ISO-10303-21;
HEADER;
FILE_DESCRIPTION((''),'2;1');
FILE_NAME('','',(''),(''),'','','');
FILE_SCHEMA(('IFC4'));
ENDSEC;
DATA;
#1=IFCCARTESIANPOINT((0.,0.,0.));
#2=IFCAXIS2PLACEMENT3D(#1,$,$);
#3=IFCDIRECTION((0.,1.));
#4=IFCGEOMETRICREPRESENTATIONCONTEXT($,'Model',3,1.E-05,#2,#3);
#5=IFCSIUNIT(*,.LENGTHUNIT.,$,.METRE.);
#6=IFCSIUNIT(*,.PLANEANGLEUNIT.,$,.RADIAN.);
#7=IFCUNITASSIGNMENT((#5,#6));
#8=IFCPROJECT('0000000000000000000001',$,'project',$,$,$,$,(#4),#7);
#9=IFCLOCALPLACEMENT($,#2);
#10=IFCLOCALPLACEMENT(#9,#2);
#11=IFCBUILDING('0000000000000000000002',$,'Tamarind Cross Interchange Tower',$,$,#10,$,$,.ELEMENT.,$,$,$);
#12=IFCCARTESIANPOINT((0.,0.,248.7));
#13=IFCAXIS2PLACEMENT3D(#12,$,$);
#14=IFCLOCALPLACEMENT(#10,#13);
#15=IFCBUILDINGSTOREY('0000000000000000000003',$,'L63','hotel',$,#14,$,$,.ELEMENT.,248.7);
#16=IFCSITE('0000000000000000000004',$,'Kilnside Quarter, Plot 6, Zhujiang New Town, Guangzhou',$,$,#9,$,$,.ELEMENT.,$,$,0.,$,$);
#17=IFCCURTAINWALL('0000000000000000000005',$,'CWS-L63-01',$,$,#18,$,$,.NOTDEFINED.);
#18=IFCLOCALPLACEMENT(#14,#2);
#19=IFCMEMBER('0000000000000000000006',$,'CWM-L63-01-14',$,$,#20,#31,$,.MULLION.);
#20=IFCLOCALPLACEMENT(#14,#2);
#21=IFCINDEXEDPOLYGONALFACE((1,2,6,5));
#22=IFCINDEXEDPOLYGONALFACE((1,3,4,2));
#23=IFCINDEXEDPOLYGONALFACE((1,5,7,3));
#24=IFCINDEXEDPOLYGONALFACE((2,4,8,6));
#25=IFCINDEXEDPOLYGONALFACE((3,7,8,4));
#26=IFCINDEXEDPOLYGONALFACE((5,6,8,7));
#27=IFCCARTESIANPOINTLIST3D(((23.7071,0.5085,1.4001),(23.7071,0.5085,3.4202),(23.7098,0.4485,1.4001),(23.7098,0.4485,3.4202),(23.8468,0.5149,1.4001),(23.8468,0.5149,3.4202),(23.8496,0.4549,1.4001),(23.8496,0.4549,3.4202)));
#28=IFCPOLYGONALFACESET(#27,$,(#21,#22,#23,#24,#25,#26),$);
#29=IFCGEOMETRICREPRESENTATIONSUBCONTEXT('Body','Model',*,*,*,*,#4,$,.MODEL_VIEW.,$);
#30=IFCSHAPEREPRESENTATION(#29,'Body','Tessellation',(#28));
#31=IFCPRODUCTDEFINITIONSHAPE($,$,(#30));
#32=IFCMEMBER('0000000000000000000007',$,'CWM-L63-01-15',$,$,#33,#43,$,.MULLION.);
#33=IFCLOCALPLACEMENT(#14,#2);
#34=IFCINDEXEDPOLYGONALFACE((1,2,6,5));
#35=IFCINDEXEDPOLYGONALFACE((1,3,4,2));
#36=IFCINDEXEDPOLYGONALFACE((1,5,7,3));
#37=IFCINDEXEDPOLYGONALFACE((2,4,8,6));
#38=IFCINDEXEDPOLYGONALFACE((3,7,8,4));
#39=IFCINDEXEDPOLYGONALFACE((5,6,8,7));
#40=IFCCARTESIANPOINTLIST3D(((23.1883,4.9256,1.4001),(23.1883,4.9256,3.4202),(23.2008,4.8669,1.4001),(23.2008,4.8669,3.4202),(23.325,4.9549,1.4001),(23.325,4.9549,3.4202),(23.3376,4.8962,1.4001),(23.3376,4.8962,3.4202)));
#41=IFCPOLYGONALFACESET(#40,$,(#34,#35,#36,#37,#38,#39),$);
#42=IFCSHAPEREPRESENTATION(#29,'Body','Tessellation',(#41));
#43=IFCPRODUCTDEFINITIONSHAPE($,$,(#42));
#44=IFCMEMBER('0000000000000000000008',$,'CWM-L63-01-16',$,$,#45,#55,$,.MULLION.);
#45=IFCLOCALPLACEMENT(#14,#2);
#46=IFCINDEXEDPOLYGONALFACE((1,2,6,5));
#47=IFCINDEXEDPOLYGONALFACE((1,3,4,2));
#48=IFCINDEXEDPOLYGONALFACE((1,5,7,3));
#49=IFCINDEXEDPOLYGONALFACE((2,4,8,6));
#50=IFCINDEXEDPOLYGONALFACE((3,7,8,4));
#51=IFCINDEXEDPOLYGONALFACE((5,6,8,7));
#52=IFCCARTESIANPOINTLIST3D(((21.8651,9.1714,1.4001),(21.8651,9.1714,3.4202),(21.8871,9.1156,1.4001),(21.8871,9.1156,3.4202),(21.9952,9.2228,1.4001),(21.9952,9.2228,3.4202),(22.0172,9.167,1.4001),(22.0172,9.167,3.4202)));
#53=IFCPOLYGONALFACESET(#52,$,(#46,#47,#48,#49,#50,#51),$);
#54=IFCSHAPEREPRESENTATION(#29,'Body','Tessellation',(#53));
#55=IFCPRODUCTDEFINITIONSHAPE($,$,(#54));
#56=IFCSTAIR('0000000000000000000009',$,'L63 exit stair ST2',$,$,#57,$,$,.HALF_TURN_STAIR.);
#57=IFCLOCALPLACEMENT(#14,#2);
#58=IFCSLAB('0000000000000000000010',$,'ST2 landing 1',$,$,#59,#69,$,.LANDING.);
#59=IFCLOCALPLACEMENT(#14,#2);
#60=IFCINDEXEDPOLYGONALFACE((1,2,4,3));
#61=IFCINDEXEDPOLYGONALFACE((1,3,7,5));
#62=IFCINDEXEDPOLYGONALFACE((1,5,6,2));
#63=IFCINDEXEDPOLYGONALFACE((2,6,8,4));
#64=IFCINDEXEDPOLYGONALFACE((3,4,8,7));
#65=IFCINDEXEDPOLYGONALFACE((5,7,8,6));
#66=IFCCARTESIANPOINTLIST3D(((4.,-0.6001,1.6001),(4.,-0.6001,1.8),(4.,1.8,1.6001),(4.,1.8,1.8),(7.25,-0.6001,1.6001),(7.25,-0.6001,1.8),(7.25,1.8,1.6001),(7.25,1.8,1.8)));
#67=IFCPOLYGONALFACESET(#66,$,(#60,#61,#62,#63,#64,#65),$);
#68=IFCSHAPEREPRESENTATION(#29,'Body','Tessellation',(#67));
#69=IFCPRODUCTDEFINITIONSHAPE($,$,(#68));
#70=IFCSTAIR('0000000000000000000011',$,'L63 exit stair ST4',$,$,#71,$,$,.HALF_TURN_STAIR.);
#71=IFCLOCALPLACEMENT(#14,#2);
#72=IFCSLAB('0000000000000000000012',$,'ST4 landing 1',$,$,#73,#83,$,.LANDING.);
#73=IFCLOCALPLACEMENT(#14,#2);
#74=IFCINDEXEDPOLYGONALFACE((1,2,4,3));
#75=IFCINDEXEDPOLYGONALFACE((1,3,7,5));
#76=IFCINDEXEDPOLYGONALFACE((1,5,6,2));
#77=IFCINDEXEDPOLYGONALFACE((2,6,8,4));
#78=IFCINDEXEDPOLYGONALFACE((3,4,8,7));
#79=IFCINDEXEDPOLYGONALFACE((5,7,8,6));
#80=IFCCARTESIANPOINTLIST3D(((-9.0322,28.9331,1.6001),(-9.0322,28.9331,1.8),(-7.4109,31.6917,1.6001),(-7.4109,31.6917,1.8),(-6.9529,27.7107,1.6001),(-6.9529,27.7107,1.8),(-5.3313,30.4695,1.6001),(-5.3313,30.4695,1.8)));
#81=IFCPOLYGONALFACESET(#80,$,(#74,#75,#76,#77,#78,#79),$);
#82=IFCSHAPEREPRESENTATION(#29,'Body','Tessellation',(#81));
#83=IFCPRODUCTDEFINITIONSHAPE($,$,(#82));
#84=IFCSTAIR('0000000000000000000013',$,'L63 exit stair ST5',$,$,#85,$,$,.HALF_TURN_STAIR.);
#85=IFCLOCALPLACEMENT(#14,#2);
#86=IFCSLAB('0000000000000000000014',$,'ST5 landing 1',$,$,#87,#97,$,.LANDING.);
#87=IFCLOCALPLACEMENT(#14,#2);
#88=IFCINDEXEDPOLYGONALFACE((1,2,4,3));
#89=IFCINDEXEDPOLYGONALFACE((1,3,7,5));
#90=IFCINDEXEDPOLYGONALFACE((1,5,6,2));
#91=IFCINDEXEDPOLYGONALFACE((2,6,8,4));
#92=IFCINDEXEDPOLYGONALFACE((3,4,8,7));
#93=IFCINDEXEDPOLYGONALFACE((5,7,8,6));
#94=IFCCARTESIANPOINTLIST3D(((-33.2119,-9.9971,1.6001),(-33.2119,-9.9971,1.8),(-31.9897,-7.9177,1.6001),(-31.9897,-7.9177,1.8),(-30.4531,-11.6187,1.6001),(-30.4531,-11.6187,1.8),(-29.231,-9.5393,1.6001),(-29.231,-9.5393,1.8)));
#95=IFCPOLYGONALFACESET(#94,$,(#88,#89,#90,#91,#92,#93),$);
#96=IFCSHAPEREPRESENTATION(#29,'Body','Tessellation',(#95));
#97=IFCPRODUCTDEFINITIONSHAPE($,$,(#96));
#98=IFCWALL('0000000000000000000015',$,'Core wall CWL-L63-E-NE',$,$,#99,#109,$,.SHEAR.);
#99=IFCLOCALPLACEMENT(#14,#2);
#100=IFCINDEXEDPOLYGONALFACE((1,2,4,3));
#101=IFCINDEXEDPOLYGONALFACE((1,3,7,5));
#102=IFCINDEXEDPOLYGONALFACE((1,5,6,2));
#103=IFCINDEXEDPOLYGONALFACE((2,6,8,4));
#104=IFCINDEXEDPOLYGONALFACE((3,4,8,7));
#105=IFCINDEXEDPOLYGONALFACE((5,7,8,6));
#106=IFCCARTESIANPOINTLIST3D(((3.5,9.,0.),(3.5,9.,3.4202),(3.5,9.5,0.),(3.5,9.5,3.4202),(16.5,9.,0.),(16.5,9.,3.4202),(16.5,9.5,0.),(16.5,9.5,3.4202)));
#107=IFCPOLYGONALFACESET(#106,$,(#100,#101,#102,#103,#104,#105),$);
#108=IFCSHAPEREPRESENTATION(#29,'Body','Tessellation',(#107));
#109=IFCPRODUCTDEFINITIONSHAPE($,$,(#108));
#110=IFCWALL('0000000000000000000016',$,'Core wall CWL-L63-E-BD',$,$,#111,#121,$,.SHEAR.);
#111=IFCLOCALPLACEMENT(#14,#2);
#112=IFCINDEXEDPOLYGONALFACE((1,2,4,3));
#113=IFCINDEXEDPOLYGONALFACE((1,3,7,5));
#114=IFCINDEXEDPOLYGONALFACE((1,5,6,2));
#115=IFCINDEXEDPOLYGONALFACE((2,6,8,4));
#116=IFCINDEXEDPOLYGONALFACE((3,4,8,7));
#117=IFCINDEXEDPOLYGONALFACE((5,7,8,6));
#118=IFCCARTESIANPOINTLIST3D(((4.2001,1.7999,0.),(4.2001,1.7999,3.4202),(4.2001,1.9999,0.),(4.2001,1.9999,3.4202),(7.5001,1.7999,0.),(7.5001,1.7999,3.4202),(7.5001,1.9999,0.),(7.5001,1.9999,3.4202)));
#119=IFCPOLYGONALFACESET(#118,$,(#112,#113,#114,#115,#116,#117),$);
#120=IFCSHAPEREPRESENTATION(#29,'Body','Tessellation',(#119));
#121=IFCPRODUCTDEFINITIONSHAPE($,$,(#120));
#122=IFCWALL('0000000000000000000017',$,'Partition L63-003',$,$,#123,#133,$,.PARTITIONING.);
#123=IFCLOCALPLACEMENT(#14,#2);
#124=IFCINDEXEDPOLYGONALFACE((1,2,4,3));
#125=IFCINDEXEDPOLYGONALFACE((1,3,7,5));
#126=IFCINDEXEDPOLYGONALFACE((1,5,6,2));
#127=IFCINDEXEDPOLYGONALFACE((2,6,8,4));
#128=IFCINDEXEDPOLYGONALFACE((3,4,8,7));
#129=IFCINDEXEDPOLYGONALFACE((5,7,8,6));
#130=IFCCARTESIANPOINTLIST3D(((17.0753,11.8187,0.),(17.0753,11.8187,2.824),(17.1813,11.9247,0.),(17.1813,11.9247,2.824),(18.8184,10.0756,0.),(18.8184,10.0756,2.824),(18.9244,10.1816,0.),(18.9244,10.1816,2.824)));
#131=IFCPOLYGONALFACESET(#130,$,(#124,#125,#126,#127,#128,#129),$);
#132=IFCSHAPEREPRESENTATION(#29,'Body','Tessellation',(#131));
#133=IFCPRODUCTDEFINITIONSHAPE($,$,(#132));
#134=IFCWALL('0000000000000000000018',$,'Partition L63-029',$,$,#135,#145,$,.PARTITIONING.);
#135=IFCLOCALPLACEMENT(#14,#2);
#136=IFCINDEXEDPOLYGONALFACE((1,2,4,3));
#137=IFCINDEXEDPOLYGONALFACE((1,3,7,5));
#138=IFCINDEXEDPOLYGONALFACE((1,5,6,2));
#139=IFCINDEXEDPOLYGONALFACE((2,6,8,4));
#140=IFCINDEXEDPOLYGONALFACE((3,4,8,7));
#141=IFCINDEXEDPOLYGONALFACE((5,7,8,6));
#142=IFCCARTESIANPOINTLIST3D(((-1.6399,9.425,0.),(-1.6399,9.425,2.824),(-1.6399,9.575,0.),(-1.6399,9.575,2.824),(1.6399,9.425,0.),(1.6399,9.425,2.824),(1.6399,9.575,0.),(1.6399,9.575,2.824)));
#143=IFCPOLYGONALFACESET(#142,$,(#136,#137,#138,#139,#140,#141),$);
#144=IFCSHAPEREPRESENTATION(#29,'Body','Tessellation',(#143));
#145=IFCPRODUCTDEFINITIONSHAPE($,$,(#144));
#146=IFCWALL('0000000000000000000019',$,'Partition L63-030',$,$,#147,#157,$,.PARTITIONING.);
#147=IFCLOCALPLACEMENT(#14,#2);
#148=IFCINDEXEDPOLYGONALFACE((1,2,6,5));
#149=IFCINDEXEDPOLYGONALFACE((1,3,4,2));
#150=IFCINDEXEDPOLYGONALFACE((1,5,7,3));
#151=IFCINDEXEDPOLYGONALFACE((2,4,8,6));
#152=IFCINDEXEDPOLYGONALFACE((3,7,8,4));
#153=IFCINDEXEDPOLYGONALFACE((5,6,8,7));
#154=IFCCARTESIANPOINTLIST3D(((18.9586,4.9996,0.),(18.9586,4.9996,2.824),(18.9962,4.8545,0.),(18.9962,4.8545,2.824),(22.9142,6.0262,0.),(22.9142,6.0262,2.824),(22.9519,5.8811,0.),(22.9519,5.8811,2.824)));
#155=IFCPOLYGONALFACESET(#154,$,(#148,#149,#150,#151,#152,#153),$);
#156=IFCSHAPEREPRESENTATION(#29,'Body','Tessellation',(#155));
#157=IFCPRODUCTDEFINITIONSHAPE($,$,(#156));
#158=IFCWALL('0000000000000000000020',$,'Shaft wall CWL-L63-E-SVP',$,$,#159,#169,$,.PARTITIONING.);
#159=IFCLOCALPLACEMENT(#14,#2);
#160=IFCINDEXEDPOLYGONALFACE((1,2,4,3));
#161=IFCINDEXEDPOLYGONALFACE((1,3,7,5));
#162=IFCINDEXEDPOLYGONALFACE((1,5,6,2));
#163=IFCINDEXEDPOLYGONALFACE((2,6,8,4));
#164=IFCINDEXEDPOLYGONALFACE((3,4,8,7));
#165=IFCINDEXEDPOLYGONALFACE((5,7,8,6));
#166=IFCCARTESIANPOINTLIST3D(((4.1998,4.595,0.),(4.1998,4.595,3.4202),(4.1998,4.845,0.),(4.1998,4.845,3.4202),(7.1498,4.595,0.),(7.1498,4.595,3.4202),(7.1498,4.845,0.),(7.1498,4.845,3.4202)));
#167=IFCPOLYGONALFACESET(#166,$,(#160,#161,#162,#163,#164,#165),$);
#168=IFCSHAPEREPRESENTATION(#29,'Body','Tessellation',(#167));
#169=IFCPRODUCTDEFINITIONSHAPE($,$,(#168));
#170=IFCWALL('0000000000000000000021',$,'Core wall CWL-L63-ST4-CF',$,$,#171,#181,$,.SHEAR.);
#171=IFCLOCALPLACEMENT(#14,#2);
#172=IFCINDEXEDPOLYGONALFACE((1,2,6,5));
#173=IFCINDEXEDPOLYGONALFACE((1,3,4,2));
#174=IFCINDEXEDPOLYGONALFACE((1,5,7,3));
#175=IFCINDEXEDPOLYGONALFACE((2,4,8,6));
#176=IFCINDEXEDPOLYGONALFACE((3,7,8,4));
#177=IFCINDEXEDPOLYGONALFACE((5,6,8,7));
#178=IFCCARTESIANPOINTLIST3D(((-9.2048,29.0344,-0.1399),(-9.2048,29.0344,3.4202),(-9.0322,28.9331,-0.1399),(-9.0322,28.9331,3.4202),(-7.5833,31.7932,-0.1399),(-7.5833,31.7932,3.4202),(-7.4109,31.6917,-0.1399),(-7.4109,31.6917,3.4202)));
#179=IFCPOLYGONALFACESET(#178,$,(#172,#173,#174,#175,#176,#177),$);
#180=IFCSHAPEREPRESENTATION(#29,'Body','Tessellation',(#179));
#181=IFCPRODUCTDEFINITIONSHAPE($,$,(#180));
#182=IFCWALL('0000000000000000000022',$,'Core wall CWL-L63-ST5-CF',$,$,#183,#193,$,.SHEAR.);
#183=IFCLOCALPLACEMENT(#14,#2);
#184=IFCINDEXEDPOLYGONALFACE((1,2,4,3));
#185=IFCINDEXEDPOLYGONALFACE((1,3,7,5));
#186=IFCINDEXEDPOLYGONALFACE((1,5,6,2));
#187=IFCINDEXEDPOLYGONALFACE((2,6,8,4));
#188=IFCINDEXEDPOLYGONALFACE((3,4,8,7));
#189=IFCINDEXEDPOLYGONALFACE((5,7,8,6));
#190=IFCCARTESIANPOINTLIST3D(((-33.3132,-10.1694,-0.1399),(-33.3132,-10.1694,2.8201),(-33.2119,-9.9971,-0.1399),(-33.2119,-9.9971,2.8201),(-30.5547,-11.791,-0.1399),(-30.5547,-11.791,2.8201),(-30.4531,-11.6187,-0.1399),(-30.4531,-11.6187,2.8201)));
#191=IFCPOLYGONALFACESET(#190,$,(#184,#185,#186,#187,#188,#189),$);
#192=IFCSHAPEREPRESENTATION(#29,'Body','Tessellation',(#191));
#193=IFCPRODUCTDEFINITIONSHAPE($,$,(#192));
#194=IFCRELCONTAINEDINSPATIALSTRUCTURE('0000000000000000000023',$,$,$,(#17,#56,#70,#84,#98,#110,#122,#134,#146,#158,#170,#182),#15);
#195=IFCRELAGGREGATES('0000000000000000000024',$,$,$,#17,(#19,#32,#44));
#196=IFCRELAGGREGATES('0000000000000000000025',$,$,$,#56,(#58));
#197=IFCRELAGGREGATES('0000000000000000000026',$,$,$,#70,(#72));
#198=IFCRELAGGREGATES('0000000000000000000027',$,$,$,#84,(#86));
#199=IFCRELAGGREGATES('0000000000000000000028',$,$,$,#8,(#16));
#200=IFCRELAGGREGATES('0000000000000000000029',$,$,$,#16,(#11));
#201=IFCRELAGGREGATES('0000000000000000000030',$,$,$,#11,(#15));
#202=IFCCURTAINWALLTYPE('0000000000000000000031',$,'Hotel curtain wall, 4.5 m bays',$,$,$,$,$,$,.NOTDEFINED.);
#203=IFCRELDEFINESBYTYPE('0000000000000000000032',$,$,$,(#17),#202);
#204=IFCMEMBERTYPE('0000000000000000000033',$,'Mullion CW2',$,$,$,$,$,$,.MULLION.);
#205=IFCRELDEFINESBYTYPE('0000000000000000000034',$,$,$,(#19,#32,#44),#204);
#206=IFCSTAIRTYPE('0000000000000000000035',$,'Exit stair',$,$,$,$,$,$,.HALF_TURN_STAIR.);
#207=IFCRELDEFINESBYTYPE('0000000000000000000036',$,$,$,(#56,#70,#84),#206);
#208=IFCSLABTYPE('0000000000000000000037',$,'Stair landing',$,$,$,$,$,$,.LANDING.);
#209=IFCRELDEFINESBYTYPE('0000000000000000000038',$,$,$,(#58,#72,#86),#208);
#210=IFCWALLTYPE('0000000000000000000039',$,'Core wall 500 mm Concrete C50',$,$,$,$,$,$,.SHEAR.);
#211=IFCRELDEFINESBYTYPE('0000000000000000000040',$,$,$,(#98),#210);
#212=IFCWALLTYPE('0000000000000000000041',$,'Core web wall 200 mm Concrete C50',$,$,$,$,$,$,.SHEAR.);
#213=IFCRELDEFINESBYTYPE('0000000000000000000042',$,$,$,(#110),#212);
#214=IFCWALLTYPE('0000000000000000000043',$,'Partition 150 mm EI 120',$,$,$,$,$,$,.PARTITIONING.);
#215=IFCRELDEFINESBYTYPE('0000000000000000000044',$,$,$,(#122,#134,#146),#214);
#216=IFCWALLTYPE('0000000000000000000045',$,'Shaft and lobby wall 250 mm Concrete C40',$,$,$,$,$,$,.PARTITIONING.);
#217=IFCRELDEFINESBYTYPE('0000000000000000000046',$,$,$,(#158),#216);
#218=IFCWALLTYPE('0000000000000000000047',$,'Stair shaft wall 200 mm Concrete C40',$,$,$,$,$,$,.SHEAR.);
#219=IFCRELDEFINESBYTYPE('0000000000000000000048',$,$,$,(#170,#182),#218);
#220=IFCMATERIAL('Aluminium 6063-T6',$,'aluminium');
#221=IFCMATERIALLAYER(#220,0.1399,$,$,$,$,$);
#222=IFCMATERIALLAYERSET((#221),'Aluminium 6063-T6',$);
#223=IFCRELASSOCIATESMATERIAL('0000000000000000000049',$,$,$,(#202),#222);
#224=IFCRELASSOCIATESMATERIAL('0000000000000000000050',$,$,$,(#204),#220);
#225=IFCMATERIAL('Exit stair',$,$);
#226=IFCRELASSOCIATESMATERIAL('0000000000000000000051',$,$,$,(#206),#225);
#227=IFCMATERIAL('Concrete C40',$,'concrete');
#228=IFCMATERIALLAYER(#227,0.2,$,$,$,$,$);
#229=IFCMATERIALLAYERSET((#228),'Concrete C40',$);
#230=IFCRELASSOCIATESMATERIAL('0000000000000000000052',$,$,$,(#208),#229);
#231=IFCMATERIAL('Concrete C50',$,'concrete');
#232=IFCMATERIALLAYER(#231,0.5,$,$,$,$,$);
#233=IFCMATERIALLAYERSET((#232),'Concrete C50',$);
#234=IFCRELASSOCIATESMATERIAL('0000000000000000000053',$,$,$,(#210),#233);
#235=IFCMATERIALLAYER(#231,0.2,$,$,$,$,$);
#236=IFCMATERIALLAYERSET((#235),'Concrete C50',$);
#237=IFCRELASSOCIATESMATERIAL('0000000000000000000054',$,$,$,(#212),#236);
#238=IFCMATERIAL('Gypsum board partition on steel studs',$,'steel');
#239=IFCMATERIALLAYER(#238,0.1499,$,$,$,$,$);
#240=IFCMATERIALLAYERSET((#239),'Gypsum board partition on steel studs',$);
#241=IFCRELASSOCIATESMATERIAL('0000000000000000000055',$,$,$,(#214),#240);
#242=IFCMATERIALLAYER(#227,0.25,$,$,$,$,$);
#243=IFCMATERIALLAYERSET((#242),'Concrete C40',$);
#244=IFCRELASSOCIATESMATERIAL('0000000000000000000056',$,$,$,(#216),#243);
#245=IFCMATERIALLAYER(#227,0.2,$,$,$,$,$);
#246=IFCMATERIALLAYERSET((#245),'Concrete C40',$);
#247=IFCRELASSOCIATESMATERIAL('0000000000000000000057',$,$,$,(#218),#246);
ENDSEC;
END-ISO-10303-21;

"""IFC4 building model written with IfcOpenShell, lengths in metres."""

from ifc_helpers import new_model, si_unit, direction, frame, frame_2d, origin, origin_2d, place, context, subcontext, project, spatial, polyline, rectangle, outline, extrude, material, layer, layer_set, material_profile, profile_set, type_object, element, aggregate, save


model = new_model("IFC4")

# Units and contexts
model_context = context("Model", 3, precision=1e-05, world=origin(), true_north=direction((0.0, 1.0)))
body_context = subcontext(model_context, "Body", "Model", "MODEL_VIEW")
ifc_project = project(units=[si_unit("LENGTHUNIT", "METRE"), si_unit("PLANEANGLEUNIT", "RADIAN")], contexts=[model_context])

# Site, building, storey
site_placement = place(None, origin())
site = spatial("IfcSite", under=ifc_project, at=site_placement, Name="Kilnside Quarter, Plot 6, Zhujiang New Town, Guangzhou", CompositionType="ELEMENT", RefElevation=0.0)
building_placement = place(site_placement, origin())
building = spatial("IfcBuilding", under=site, at=building_placement, Name="Tamarind Cross Interchange Tower", CompositionType="ELEMENT")
storey_placement = place(building_placement, frame((0.0, 0.0, 248.7)))
storey = spatial("IfcBuildingStorey", under=building, at=storey_placement, Name="L63", Description="hotel", CompositionType="ELEMENT", Elevation=248.7)

# Shared definitions
ifc_material_1 = material(Name="Concrete C50", Category="concrete")

# Curtain wall, members
ifc_material_2 = material(Name="Aluminium 6063-T6", Category="aluminium")
ifc_layer_1 = layer(ifc_material_2, 0.1399)
ifc_layer_set_1 = layer_set([ifc_layer_1], Name="Aluminium 6063-T6")
curtain_wall_type = type_object("IfcCurtainWallType", Name="Hotel curtain wall, 4.5 m bays", PredefinedType="NOTDEFINED", material=ifc_layer_set_1)
curtain_wall_placement = place(storey_placement, origin())
curtain_wall = element("IfcCurtainWall", 1, at=curtain_wall_placement, inside=storey, type_object=curtain_wall_type, Name="CWS-L63-01", PredefinedType="NOTDEFINED")
ifc_material_profile_1 = material_profile(ifc_material_2, rectangle(XDim=0.0601, YDim=0.1399, at=origin_2d()), Name="Mullion CW2")
ifc_profile_set_1 = profile_set([ifc_material_profile_1], Name="Aluminium 6063-T6")
member_type = type_object("IfcMemberType", Name="Mullion CW2", PredefinedType="MULLION", material=ifc_profile_set_1)
member_1_placement = place(storey_placement, frame((23.7783, 0.4817, 1.4001), z_axis=(0.0, 0.0, 1.0), x_axis=(-0.045624, 0.998959, 0.0)))
member_1 = element("IfcMember", 2, at=member_1_placement, type_object=member_type, Name="CWM-L63-01-14", PredefinedType="MULLION", context=body_context, shape_type="SweptSolid", body=[
    extrude(rectangle(XDim=0.0601, YDim=0.1399, at=origin_2d()), origin(), (0.0, 0.0, 1.0), 2.02),
])
member_2_placement = place(storey_placement, frame((23.2629, 4.9109, 1.4001), z_axis=(0.0, 0.0, 1.0), x_axis=(-0.209425, 0.977825, 0.0)))
member_2 = element("IfcMember", 3, at=member_2_placement, type_object=member_type, Name="CWM-L63-01-15", PredefinedType="MULLION", context=body_context, shape_type="SweptSolid", body=[
    extrude(rectangle(XDim=0.0601, YDim=0.1399, at=origin_2d()), origin(), (0.0, 0.0, 1.0), 2.02),
])
member_3_placement = place(storey_placement, frame((21.9412, 9.1692, 1.4001), z_axis=(0.0, 0.0, 1.0), x_axis=(-0.367514, 0.930018, 0.0)))
member_3 = element("IfcMember", 4, at=member_3_placement, type_object=member_type, Name="CWM-L63-01-16", PredefinedType="MULLION", context=body_context, shape_type="SweptSolid", body=[
    extrude(rectangle(XDim=0.0601, YDim=0.1399, at=origin_2d()), origin(), (0.0, 0.0, 1.0), 2.02),
])
aggregate(curtain_wall, [member_1, member_2, member_3])

# Stairs, slabs
ifc_material_3 = material(Name="Exit stair")
stair_type = type_object("IfcStairType", Name="Exit stair", PredefinedType="HALF_TURN_STAIR", material=ifc_material_3)
stair_1_placement = place(storey_placement, origin())
stair_1 = element("IfcStair", 5, at=stair_1_placement, inside=storey, type_object=stair_type, Name="L63 exit stair ST2", PredefinedType="HALF_TURN_STAIR")
ifc_material_4 = material(Name="Concrete C40", Category="concrete")
ifc_layer_2 = layer(ifc_material_4, 0.2)
ifc_layer_set_2 = layer_set([ifc_layer_2], Name="Concrete C40")
slab_type = type_object("IfcSlabType", Name="Stair landing", PredefinedType="LANDING", material=ifc_layer_set_2)
slab_1_placement = place(storey_placement, frame((0.0, 0.0, 1.6001)))
slab_1 = element("IfcSlab", 6, at=slab_1_placement, type_object=slab_type, Name="ST2 landing 1", PredefinedType="LANDING", context=body_context, shape_type="SweptSolid", body=[
    extrude(outline(polyline([(7.25, -0.6001), (7.25, 1.8), (4.0, 1.8), (4.0, -0.6001), (7.25, -0.6001)])), origin(), (0.0, 0.0, 1.0), 0.2),
])
aggregate(stair_1, [slab_1])
stair_2_placement = place(storey_placement, origin())
stair_2 = element("IfcStair", 7, at=stair_2_placement, inside=storey, type_object=stair_type, Name="L63 exit stair ST4", PredefinedType="HALF_TURN_STAIR")
slab_2_placement = place(storey_placement, frame((0.0, 0.0, 1.6001)))
slab_2 = element("IfcSlab", 8, at=slab_2_placement, type_object=slab_type, Name="ST4 landing 1", PredefinedType="LANDING", context=body_context, shape_type="SweptSolid", body=[
    extrude(outline(polyline([(-5.3313, 30.4695), (-7.4109, 31.6917), (-9.0322, 28.9331), (-6.9529, 27.7107), (-5.3313, 30.4695)])), origin(), (0.0, 0.0, 1.0), 0.2),
])
aggregate(stair_2, [slab_2])
stair_3_placement = place(storey_placement, origin())
stair_3 = element("IfcStair", 9, at=stair_3_placement, inside=storey, type_object=stair_type, Name="L63 exit stair ST5", PredefinedType="HALF_TURN_STAIR")
slab_3_placement = place(storey_placement, frame((0.0, 0.0, 1.6001)))
slab_3 = element("IfcSlab", 10, at=slab_3_placement, type_object=slab_type, Name="ST5 landing 1", PredefinedType="LANDING", context=body_context, shape_type="SweptSolid", body=[
    extrude(outline(polyline([(-31.9897, -7.9177), (-33.2119, -9.9971), (-30.4531, -11.6187), (-29.231, -9.5393), (-31.9897, -7.9177)])), origin(), (0.0, 0.0, 1.0), 0.2),
])
aggregate(stair_3, [slab_3])

# Walls
ifc_layer_3 = layer(ifc_material_1, 0.5)
ifc_layer_set_3 = layer_set([ifc_layer_3], Name="Concrete C50")
wall_type_1 = type_object("IfcWallType", Name="Core wall 500 mm Concrete C50", PredefinedType="SHEAR", material=ifc_layer_set_3)
wall_1_placement = place(storey_placement, frame((16.5, 9.25, 0.0), z_axis=(0.0, 0.0, 1.0), x_axis=(-1.0, 0.0, 0.0)))
element("IfcWall", 11, at=wall_1_placement, inside=storey, type_object=wall_type_1, Name="Core wall CWL-L63-E-NE", PredefinedType="SHEAR", context=body_context, shape_type="SweptSolid", body=[
    extrude(rectangle(XDim=13.0, YDim=0.5, at=frame_2d((6.5, 0.0))), origin(), (0.0, 0.0, 1.0), 3.4202),
])
ifc_layer_4 = layer(ifc_material_1, 0.2)
ifc_layer_set_4 = layer_set([ifc_layer_4], Name="Concrete C50")
wall_type_2 = type_object("IfcWallType", Name="Core web wall 200 mm Concrete C50", PredefinedType="SHEAR", material=ifc_layer_set_4)
wall_2_placement = place(storey_placement, frame((7.5, 1.8999, 0.0), z_axis=(0.0, 0.0, 1.0), x_axis=(-1.0, 0.0, 0.0)))
element("IfcWall", 12, at=wall_2_placement, inside=storey, type_object=wall_type_2, Name="Core wall CWL-L63-E-BD", PredefinedType="SHEAR", context=body_context, shape_type="SweptSolid", body=[
    extrude(rectangle(XDim=3.3, YDim=0.2, at=frame_2d((1.6499, 0.0))), origin(), (0.0, 0.0, 1.0), 3.4202),
])
ifc_material_5 = material(Name="Gypsum board partition on steel studs", Category="steel")
ifc_layer_5 = layer(ifc_material_5, 0.1499)
ifc_layer_set_5 = layer_set([ifc_layer_5], Name="Gypsum board partition on steel studs")
wall_type_3 = type_object("IfcWallType", Name="Partition 150 mm EI 120", PredefinedType="PARTITIONING", material=ifc_layer_set_5)
wall_3_placement = place(storey_placement, frame((17.1284, 11.8716, 0.0), z_axis=(0.0, 0.0, 1.0), x_axis=(0.707107, -0.707107, 0.0)))
element("IfcWall", 13, at=wall_3_placement, inside=storey, type_object=wall_type_3, Name="Partition L63-003", PredefinedType="PARTITIONING", context=body_context, shape_type="SweptSolid", body=[
    extrude(rectangle(XDim=2.4651, YDim=0.1499, at=frame_2d((1.2324, 0.0))), origin(), (0.0, 0.0, 1.0), 2.824),
])
wall_4_placement = place(storey_placement, frame((-1.6399, 9.5, 0.0), z_axis=(0.0, 0.0, 1.0), x_axis=(1.0, 0.0, 0.0)))
element("IfcWall", 14, at=wall_4_placement, inside=storey, type_object=wall_type_3, Name="Partition L63-029", PredefinedType="PARTITIONING", context=body_context, shape_type="SweptSolid", body=[
    extrude(rectangle(XDim=3.2798, YDim=0.1499, at=frame_2d((1.6399, 0.0))), origin(), (0.0, 0.0, 1.0), 2.824),
])
wall_5_placement = place(storey_placement, frame((18.9773, 4.927, 0.0), z_axis=(0.0, 0.0, 1.0), x_axis=(0.967932, 0.251213, 0.0)))
element("IfcWall", 15, at=wall_5_placement, inside=storey, type_object=wall_type_3, Name="Partition L63-030", PredefinedType="PARTITIONING", context=body_context, shape_type="SweptSolid", body=[
    extrude(rectangle(XDim=4.0867, YDim=0.1499, at=frame_2d((2.0435, 0.0))), origin(), (0.0, 0.0, 1.0), 2.824),
])
ifc_layer_6 = layer(ifc_material_4, 0.25)
ifc_layer_set_6 = layer_set([ifc_layer_6], Name="Concrete C40")
wall_type_4 = type_object("IfcWallType", Name="Shaft and lobby wall 250 mm Concrete C40", PredefinedType="PARTITIONING", material=ifc_layer_set_6)
wall_6_placement = place(storey_placement, frame((7.1499, 4.72, 0.0), z_axis=(0.0, 0.0, 1.0), x_axis=(-1.0, 0.0, 0.0)))
element("IfcWall", 16, at=wall_6_placement, inside=storey, type_object=wall_type_4, Name="Shaft wall CWL-L63-E-SVP", PredefinedType="PARTITIONING", context=body_context, shape_type="SweptSolid", body=[
    extrude(rectangle(XDim=2.95, YDim=0.25, at=frame_2d((1.4751, 0.0))), origin(), (0.0, 0.0, 1.0), 3.4202),
])
ifc_layer_7 = layer(ifc_material_4, 0.2)
ifc_layer_set_7 = layer_set([ifc_layer_7], Name="Concrete C40")
wall_type_5 = type_object("IfcWallType", Name="Stair shaft wall 200 mm Concrete C40", PredefinedType="SHEAR", material=ifc_layer_set_7)
wall_7_placement = place(storey_placement, frame((0.0, 0.0, -0.1399)))
element("IfcWall", 17, at=wall_7_placement, inside=storey, type_object=wall_type_5, Name="Core wall CWL-L63-ST4-CF", PredefinedType="SHEAR", context=body_context, shape_type="SweptSolid", body=[
    extrude(outline(polyline([(-7.4109, 31.6917), (-7.5833, 31.7932), (-9.2048, 29.0344), (-9.0322, 28.9331), (-7.4109, 31.6917)])), origin(), (0.0, 0.0, 1.0), 3.5601),
])
wall_8_placement = place(storey_placement, frame((0.0, 0.0, -0.1399)))
element("IfcWall", 18, at=wall_8_placement, inside=storey, type_object=wall_type_5, Name="Core wall CWL-L63-ST5-CF", PredefinedType="SHEAR", context=body_context, shape_type="SweptSolid", body=[
    extrude(outline(polyline([(-33.2119, -9.9971), (-33.3132, -10.1694), (-30.5547, -11.791), (-30.4531, -11.6187), (-33.2119, -9.9971)])), origin(), (0.0, 0.0, 1.0), 2.96),
])

save(model, "model.ifc")
